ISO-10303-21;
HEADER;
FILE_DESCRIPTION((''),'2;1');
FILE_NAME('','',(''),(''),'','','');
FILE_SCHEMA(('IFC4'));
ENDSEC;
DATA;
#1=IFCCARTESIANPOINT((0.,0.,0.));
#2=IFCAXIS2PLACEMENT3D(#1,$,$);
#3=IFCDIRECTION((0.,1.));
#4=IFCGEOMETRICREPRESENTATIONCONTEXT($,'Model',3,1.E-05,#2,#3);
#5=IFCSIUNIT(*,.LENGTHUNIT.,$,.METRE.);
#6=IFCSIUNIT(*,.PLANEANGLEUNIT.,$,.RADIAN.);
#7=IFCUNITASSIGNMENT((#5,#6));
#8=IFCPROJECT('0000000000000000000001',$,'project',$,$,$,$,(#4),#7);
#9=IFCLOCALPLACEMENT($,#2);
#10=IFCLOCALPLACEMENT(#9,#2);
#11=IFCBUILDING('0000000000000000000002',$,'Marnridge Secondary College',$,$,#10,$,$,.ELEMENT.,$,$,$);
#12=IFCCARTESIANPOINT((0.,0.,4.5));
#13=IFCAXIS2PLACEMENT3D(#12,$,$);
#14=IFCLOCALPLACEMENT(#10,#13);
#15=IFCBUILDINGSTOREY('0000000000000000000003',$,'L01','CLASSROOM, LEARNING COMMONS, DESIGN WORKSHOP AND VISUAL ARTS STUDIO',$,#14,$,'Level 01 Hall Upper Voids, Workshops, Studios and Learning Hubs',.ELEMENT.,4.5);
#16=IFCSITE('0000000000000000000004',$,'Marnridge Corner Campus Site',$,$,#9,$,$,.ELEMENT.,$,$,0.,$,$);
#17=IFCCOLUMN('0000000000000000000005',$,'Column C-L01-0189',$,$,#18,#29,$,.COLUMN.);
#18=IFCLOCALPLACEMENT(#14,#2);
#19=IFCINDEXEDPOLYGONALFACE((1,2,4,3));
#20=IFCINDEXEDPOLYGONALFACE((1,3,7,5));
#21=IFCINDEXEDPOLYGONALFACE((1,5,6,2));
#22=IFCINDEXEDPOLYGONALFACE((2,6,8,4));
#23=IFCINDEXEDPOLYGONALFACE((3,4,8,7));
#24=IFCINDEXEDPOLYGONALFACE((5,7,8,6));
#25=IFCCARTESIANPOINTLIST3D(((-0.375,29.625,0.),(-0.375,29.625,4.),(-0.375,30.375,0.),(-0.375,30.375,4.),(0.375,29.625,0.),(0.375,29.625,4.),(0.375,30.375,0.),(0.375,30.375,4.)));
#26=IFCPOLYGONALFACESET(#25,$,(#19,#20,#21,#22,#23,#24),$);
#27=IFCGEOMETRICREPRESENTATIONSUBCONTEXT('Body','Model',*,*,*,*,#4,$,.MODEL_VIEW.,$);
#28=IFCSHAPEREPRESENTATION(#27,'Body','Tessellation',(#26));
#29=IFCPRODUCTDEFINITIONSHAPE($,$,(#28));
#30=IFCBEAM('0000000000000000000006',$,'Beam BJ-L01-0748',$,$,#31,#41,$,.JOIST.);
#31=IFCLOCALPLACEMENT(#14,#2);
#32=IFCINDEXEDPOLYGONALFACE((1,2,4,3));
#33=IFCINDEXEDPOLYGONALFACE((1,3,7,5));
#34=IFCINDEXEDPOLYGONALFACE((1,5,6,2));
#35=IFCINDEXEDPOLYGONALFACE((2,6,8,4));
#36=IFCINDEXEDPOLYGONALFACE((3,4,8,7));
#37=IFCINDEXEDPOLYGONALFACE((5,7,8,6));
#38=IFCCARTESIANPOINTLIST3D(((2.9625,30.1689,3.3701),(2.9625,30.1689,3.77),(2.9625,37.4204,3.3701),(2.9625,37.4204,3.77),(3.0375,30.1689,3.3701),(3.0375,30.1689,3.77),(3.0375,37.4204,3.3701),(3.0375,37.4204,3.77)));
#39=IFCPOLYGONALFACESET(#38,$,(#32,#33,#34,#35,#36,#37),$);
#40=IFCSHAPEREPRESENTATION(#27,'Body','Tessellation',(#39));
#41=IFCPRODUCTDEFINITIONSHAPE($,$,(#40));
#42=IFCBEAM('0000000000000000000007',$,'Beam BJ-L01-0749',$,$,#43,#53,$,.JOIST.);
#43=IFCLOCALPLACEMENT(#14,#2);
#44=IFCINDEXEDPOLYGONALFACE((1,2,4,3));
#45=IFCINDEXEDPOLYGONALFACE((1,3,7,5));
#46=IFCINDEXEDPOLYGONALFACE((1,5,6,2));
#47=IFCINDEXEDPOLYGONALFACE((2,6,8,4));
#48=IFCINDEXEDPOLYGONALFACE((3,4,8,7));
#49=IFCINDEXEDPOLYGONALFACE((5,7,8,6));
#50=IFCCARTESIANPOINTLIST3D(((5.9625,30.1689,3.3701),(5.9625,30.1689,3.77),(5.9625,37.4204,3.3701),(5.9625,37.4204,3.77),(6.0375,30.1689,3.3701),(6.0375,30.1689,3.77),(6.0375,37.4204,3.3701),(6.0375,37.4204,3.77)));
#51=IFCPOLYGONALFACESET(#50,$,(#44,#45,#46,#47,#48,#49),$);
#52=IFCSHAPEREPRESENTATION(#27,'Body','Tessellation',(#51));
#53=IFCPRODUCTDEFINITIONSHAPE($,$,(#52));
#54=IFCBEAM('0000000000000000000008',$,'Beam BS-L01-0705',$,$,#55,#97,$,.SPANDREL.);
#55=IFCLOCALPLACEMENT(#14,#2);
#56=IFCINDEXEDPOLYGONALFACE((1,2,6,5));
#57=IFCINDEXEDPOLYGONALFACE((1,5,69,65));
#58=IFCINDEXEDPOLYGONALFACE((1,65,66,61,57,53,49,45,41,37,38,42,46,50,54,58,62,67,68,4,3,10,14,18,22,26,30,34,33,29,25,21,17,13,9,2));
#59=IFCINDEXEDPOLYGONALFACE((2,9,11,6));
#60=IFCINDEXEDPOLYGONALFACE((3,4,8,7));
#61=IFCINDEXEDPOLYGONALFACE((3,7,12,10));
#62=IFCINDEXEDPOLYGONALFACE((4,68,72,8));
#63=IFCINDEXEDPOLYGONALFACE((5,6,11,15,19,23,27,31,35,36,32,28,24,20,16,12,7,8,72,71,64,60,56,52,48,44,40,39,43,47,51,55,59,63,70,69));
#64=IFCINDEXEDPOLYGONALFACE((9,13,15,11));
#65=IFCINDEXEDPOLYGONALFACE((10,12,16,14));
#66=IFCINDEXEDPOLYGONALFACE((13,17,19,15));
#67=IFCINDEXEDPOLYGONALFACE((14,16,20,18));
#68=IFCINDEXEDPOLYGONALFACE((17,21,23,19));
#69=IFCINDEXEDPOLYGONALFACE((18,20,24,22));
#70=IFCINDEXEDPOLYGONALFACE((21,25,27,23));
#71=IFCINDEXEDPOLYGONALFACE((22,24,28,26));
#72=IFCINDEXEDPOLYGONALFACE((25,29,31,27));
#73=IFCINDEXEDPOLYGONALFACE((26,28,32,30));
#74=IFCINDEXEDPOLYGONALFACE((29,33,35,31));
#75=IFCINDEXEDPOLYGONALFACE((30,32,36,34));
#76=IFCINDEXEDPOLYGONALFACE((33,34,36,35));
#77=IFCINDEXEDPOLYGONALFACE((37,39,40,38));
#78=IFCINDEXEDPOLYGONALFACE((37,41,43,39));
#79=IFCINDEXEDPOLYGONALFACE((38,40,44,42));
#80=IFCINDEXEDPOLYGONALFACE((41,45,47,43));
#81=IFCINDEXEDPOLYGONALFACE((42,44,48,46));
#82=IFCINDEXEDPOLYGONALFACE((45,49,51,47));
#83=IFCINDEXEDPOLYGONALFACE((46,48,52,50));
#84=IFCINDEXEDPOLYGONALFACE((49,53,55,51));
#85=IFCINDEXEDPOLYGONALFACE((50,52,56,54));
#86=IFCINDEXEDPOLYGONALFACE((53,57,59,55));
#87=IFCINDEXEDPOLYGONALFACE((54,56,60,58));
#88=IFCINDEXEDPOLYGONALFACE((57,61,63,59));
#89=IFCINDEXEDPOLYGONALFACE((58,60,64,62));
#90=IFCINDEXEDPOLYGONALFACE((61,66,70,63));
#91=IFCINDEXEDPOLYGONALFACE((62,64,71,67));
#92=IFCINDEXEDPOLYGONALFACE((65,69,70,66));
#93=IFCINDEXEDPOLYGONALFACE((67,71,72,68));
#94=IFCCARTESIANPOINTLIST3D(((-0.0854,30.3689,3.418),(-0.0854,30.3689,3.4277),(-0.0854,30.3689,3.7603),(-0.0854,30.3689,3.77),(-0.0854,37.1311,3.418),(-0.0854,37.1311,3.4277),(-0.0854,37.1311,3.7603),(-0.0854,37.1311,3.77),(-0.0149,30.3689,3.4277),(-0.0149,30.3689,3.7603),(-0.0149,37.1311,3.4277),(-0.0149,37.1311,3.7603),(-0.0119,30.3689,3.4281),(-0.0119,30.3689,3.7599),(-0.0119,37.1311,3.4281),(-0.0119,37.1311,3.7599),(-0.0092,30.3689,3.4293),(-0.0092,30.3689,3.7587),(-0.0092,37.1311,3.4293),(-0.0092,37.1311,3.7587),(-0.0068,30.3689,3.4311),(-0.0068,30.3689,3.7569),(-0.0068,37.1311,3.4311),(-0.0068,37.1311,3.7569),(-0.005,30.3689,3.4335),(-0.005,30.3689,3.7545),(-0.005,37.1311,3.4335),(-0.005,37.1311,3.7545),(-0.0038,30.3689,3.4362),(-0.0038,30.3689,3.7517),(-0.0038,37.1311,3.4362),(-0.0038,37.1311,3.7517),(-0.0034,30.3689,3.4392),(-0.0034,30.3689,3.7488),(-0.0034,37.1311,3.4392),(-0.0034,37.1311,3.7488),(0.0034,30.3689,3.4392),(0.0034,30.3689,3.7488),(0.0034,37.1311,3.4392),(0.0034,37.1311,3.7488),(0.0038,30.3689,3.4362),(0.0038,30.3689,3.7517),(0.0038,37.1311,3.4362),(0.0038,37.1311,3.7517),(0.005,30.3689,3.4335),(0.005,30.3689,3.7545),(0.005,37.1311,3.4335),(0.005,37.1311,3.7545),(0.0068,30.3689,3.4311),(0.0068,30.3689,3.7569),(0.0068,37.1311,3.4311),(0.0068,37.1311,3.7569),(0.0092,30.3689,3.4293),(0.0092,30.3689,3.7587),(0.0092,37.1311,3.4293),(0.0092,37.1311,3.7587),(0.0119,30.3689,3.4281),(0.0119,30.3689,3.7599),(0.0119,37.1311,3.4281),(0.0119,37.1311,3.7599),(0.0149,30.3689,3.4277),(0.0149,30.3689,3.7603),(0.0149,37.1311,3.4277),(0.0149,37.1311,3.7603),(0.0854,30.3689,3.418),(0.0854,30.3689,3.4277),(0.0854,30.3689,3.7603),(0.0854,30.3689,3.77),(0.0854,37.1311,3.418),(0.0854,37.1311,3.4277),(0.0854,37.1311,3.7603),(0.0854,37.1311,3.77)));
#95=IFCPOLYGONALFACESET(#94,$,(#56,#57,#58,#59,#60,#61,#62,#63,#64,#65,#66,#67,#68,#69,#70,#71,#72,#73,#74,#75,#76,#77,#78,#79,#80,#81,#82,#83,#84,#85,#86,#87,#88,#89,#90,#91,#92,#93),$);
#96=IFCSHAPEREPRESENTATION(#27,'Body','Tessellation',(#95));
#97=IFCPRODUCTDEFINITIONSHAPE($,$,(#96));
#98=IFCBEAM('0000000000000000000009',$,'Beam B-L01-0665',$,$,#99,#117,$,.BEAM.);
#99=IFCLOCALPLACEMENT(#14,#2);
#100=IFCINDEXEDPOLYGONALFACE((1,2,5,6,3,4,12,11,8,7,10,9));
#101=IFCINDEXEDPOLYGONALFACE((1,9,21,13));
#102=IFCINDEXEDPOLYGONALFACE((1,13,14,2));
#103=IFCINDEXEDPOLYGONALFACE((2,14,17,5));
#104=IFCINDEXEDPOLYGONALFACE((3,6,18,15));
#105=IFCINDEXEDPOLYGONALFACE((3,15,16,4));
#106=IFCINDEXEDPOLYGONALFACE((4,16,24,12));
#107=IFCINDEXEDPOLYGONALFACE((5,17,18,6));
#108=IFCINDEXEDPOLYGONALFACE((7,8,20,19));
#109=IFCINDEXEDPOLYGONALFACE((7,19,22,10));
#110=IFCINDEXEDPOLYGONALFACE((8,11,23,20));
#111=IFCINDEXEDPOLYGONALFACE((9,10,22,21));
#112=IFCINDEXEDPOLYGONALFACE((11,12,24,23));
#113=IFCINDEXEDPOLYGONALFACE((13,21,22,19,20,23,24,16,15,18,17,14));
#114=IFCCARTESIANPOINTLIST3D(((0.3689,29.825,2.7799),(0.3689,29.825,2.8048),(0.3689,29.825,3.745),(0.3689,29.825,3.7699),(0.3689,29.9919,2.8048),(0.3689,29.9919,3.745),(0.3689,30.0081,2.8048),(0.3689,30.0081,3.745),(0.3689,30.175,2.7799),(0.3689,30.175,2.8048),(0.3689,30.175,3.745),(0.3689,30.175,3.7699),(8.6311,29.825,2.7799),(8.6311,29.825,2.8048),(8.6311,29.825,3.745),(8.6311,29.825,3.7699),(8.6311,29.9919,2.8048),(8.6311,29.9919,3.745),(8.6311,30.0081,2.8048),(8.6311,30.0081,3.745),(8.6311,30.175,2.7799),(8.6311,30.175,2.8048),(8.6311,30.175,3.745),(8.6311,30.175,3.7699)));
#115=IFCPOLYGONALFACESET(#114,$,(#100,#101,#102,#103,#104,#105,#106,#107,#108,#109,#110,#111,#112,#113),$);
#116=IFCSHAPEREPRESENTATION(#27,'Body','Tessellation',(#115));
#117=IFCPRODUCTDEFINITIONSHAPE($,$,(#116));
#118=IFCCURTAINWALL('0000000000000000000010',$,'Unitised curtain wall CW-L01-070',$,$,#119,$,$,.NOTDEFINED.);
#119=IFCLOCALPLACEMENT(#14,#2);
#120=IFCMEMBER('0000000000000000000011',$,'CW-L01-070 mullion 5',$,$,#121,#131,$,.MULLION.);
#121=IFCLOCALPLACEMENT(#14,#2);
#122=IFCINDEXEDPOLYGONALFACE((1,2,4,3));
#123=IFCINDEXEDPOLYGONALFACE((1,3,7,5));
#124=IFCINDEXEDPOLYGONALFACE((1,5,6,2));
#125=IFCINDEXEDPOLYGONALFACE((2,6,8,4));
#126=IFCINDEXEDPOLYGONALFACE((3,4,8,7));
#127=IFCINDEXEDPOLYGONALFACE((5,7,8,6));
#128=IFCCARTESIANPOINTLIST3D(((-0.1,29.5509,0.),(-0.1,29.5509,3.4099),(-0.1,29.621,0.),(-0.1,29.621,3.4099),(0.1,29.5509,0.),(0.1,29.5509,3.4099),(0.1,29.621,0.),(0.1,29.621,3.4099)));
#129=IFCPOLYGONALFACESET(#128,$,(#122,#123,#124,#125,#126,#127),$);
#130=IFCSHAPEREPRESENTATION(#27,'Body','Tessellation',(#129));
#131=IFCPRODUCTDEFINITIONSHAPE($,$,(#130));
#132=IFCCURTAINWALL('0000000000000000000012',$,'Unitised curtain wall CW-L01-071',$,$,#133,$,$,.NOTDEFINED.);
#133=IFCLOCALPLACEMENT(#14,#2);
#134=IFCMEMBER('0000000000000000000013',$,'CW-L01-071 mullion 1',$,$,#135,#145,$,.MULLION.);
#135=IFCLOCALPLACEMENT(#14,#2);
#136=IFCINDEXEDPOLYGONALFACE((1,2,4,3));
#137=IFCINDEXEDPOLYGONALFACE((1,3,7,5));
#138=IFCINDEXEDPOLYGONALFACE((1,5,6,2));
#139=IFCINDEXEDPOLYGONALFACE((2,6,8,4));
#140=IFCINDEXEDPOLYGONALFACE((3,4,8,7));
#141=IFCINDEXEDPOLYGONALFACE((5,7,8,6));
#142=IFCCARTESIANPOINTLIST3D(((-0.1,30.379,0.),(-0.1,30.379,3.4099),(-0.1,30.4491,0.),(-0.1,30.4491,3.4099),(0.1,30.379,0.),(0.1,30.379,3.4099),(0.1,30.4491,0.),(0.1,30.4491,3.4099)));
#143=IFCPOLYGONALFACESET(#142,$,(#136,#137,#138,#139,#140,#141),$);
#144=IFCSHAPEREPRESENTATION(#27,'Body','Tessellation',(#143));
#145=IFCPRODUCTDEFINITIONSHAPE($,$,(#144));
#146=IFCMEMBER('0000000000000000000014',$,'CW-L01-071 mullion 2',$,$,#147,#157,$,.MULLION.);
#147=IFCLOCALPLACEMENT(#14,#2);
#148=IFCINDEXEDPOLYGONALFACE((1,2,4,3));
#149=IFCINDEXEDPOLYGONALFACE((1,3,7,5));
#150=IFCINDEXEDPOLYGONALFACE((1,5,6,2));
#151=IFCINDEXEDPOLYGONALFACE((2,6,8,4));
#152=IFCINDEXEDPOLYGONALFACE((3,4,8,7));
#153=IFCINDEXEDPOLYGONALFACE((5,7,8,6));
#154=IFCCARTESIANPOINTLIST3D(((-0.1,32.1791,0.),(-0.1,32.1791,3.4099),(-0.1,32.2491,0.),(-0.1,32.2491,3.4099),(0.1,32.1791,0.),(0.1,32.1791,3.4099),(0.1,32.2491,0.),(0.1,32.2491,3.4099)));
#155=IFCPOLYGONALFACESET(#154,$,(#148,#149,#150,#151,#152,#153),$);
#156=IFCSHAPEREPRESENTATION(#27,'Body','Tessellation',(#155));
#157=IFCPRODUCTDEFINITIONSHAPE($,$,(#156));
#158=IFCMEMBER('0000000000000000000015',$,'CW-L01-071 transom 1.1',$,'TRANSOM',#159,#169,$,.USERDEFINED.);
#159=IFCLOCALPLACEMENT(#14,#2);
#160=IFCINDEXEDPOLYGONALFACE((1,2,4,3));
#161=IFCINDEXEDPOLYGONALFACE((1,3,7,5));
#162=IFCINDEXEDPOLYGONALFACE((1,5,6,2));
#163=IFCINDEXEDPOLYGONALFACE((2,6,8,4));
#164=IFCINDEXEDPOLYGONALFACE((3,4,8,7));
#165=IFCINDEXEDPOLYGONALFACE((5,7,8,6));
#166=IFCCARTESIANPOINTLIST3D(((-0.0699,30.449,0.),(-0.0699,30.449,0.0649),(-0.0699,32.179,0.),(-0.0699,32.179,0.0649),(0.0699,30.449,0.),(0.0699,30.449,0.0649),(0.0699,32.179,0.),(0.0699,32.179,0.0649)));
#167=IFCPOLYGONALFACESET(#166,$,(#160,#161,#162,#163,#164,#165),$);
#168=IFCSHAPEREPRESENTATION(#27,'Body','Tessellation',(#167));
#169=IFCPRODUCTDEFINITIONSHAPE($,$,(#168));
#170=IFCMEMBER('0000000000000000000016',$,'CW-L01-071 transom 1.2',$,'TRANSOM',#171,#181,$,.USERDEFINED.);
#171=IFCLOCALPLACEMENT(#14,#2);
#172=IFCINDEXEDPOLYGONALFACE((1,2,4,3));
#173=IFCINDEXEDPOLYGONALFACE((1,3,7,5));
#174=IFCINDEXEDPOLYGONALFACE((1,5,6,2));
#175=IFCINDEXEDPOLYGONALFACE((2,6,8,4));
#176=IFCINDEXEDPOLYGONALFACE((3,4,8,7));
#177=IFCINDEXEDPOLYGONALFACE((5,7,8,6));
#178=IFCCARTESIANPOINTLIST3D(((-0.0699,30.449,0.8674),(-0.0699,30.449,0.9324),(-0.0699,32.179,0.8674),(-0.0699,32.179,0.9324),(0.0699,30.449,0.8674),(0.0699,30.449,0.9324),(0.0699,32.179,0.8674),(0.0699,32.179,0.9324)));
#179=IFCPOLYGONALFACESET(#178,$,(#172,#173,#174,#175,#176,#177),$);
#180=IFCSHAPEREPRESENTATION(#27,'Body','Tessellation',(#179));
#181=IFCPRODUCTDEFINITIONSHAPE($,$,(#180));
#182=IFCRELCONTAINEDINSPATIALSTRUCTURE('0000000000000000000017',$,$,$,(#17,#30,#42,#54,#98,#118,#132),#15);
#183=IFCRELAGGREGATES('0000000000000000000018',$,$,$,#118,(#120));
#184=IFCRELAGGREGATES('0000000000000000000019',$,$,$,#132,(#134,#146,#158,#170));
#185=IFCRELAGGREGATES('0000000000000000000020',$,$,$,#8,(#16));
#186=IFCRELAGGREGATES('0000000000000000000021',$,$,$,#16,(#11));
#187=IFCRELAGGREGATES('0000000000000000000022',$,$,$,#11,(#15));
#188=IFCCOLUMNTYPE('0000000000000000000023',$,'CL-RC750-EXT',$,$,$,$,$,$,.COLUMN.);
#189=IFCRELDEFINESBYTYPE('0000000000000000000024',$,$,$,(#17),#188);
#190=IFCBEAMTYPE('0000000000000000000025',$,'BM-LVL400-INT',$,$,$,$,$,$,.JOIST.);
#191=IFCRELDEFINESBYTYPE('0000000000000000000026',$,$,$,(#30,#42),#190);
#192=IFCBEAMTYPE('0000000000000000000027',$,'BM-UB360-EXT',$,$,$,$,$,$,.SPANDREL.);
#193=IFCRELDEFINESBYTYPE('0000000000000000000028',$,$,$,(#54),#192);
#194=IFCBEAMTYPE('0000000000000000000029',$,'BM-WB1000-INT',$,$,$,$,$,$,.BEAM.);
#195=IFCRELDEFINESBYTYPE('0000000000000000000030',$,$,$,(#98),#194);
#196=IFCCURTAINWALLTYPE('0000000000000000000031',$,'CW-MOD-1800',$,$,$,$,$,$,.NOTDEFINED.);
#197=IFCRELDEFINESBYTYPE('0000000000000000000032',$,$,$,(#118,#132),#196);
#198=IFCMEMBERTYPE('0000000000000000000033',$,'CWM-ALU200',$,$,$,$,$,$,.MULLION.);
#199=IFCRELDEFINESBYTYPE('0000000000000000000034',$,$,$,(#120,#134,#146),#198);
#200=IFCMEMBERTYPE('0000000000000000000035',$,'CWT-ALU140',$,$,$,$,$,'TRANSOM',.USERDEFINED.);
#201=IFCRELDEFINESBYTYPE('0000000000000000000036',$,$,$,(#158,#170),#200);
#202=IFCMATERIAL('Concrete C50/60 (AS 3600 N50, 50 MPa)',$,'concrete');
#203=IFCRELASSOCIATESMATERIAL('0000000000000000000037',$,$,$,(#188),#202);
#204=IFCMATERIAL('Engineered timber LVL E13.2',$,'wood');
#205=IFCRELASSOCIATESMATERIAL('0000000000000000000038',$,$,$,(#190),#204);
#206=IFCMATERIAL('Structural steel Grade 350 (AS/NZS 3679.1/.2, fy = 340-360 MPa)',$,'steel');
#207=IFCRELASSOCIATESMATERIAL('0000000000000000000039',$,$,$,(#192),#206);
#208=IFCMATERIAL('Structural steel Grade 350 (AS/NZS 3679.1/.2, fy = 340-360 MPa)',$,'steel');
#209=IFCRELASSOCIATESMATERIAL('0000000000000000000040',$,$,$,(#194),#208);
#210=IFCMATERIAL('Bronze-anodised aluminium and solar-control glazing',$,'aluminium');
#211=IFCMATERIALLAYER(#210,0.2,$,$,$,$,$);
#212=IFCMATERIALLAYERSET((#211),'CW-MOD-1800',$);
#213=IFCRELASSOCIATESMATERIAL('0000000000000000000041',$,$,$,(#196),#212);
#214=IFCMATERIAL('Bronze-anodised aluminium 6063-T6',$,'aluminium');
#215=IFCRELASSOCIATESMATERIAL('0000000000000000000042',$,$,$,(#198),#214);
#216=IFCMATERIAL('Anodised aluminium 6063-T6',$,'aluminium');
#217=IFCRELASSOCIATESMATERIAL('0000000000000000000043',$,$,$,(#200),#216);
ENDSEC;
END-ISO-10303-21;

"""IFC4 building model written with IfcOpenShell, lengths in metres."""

from ifc_helpers import new_model, si_unit, direction, frame, origin, origin_2d, place, context, subcontext, project, spatial, rectangle, i_section, extrude, material, layer, layer_set, material_profile, profile_set, type_object, element, aggregate, save


model = new_model("IFC4")

# Units and contexts
model_context = context("Model", 3, precision=1e-05, world=origin(), true_north=direction((0.0, 1.0)))
body_context = subcontext(model_context, "Body", "Model", "MODEL_VIEW")
ifc_project = project(units=[si_unit("LENGTHUNIT", "METRE"), si_unit("PLANEANGLEUNIT", "RADIAN")], contexts=[model_context])

# Site, building, storey
site_placement = place(None, origin())
site = spatial("IfcSite", under=ifc_project, at=site_placement, Name="Marnridge Corner Campus Site", CompositionType="ELEMENT", RefElevation=0.0)
building_placement = place(site_placement, origin())
building = spatial("IfcBuilding", under=site, at=building_placement, Name="Marnridge Secondary College", CompositionType="ELEMENT")
storey_placement = place(building_placement, frame((0.0, 0.0, 4.5)))
storey = spatial("IfcBuildingStorey", under=building, at=storey_placement, Name="L01", Description="CLASSROOM, LEARNING COMMONS, DESIGN WORKSHOP AND VISUAL ARTS STUDIO", LongName="Level 01 Hall Upper Voids, Workshops, Studios and Learning Hubs", CompositionType="ELEMENT", Elevation=4.5)

# Column
ifc_material_1 = material(Name="Concrete C50/60 (AS 3600 N50, 50 MPa)", Category="concrete")
ifc_material_profile_1 = material_profile(ifc_material_1, rectangle(XDim=0.75, YDim=0.75, at=origin_2d()), Name="RC 750x750")
ifc_profile_set_1 = profile_set([ifc_material_profile_1], Name="Concrete C50/60 (AS 3600 N50, 50 MPa)")
column_type = type_object("IfcColumnType", Name="CL-RC750-EXT", PredefinedType="COLUMN", material=ifc_profile_set_1)
column_placement = place(storey_placement, frame((0.0, 30.0, 0.0), z_axis=(0.0, 0.0, 1.0), x_axis=(1.0, 0.0, 0.0)))
element("IfcColumn", 1, at=column_placement, inside=storey, type_object=column_type, Name="Column C-L01-0189", PredefinedType="COLUMN", context=body_context, shape_type="SweptSolid", body=[
    extrude(rectangle(XDim=0.75, YDim=0.75, at=origin_2d()), origin(), (0.0, 0.0, 1.0), 4.0),
])

# Beams
ifc_material_2 = material(Name="Engineered timber LVL E13.2", Category="wood")
ifc_material_profile_2 = material_profile(ifc_material_2, rectangle(XDim=0.075, YDim=0.3999, at=origin_2d()), Name="LVL 75x400")
ifc_profile_set_2 = profile_set([ifc_material_profile_2], Name="Engineered timber LVL E13.2")
beam_type_1 = type_object("IfcBeamType", Name="BM-LVL400-INT", PredefinedType="JOIST", material=ifc_profile_set_2)
for number, where, z_axis, x_axis, name in (
    (2, (3.0, 30.1689, 3.5701), (0.0, 1.0, 0.0), (-1.0, 0.0, 0.0), "Beam BJ-L01-0748"),
    (3, (6.0, 30.1689, 3.5701), (0.0, 1.0, 0.0), (-1.0, 0.0, 0.0), "Beam BJ-L01-0749"),
):
    element("IfcBeam", number, at=place(storey_placement, frame(where, z_axis=z_axis, x_axis=x_axis)), inside=storey, type_object=beam_type_1, Name=name, PredefinedType="JOIST", context=body_context, shape_type="SweptSolid", body=[
        extrude(rectangle(XDim=0.075, YDim=0.3999, at=origin_2d()), origin(), (0.0, 0.0, 1.0), 7.2515),
    ])
ifc_material_3 = material(Name="Structural steel Grade 350 (AS/NZS 3679.1/.2, fy = 340-360 MPa)", Category="steel")
ifc_material_profile_3 = material_profile(ifc_material_3, i_section(OverallWidth=0.1709, OverallDepth=0.3521, WebThickness=0.0068, FlangeThickness=0.0098, FilletRadius=0.0115, at=origin_2d()), Name="360UB44.7")
ifc_profile_set_3 = profile_set([ifc_material_profile_3], Name="Structural steel Grade 350 (AS/NZS 3679.1/.2, fy = 340-360 MPa)")
beam_type_2 = type_object("IfcBeamType", Name="BM-UB360-EXT", PredefinedType="SPANDREL", material=ifc_profile_set_3)
beam_1_placement = place(storey_placement, frame((0.0, 30.3689, 3.594), z_axis=(0.0, 1.0, 0.0), x_axis=(-1.0, 0.0, 0.0)))
element("IfcBeam", 4, at=beam_1_placement, inside=storey, type_object=beam_type_2, Name="Beam BS-L01-0705", PredefinedType="SPANDREL", context=body_context, shape_type="SweptSolid", body=[
    extrude(i_section(OverallWidth=0.1709, OverallDepth=0.3521, WebThickness=0.0068, FlangeThickness=0.0098, FilletRadius=0.0115, at=origin_2d()), origin(), (0.0, 0.0, 1.0), 6.7622),
])
ifc_material_4 = material(Name="Structural steel Grade 350 (AS/NZS 3679.1/.2, fy = 340-360 MPa)", Category="steel")
ifc_material_profile_4 = material_profile(ifc_material_4, i_section(OverallWidth=0.3501, OverallDepth=0.99, WebThickness=0.0161, FlangeThickness=0.0249, at=origin_2d()), Name="1000WB258")
ifc_profile_set_4 = profile_set([ifc_material_profile_4], Name="Structural steel Grade 350 (AS/NZS 3679.1/.2, fy = 340-360 MPa)")
beam_type_3 = type_object("IfcBeamType", Name="BM-WB1000-INT", PredefinedType="BEAM", material=ifc_profile_set_4)
beam_2_placement = place(storey_placement, frame((0.3689, 30.0, 3.2749), z_axis=(1.0, 0.0, 0.0), x_axis=(0.0, 1.0, 0.0)))
element("IfcBeam", 5, at=beam_2_placement, inside=storey, type_object=beam_type_3, Name="Beam B-L01-0665", PredefinedType="BEAM", context=body_context, shape_type="SweptSolid", body=[
    extrude(i_section(OverallWidth=0.3501, OverallDepth=0.99, WebThickness=0.0161, FlangeThickness=0.0249, at=origin_2d()), origin(), (0.0, 0.0, 1.0), 8.2622),
])

# Curtain wall, member
ifc_material_5 = material(Name="Bronze-anodised aluminium and solar-control glazing", Category="aluminium")
ifc_layer_1 = layer(ifc_material_5, 0.2)
ifc_layer_set_1 = layer_set([ifc_layer_1], Name="CW-MOD-1800")
curtain_wall_type = type_object("IfcCurtainWallType", Name="CW-MOD-1800", PredefinedType="NOTDEFINED", material=ifc_layer_set_1)
curtain_wall_1_placement = place(storey_placement, origin())
curtain_wall_1 = element("IfcCurtainWall", 6, at=curtain_wall_1_placement, inside=storey, type_object=curtain_wall_type, Name="Unitised curtain wall CW-L01-070", PredefinedType="NOTDEFINED")
ifc_material_6 = material(Name="Bronze-anodised aluminium 6063-T6", Category="aluminium")
ifc_material_profile_5 = material_profile(ifc_material_6, rectangle(XDim=0.0701, YDim=0.2, at=origin_2d()), Name="ALU 70x200")
ifc_profile_set_5 = profile_set([ifc_material_profile_5], Name="Bronze-anodised aluminium 6063-T6")
member_type_1 = type_object("IfcMemberType", Name="CWM-ALU200", PredefinedType="MULLION", material=ifc_profile_set_5)
member_1_placement = place(storey_placement, frame((0.0, 29.5859, 0.0), z_axis=(0.0, 0.0, 1.0), x_axis=(0.0, 1.0, 0.0)))
member_1 = element("IfcMember", 7, at=member_1_placement, type_object=member_type_1, Name="CW-L01-070 mullion 5", PredefinedType="MULLION", context=body_context, shape_type="SweptSolid", body=[
    extrude(rectangle(XDim=0.0701, YDim=0.2, at=origin_2d()), origin(), (0.0, 0.0, 1.0), 3.4099),
])

# Curtain wall, members
curtain_wall_2_placement = place(storey_placement, origin())
curtain_wall_2 = element("IfcCurtainWall", 8, at=curtain_wall_2_placement, inside=storey, type_object=curtain_wall_type, Name="Unitised curtain wall CW-L01-071", PredefinedType="NOTDEFINED")
member_2_placement = place(storey_placement, frame((0.0, 30.4141, 0.0), z_axis=(0.0, 0.0, 1.0), x_axis=(0.0, 1.0, 0.0)))
member_2 = element("IfcMember", 9, at=member_2_placement, type_object=member_type_1, Name="CW-L01-071 mullion 1", PredefinedType="MULLION", context=body_context, shape_type="SweptSolid", body=[
    extrude(rectangle(XDim=0.0701, YDim=0.2, at=origin_2d()), origin(), (0.0, 0.0, 1.0), 3.4099),
])
member_3_placement = place(storey_placement, frame((0.0, 32.2141, 0.0), z_axis=(0.0, 0.0, 1.0), x_axis=(0.0, 1.0, 0.0)))
member_3 = element("IfcMember", 10, at=member_3_placement, type_object=member_type_1, Name="CW-L01-071 mullion 2", PredefinedType="MULLION", context=body_context, shape_type="SweptSolid", body=[
    extrude(rectangle(XDim=0.0701, YDim=0.2, at=origin_2d()), origin(), (0.0, 0.0, 1.0), 3.4099),
])
ifc_material_7 = material(Name="Anodised aluminium 6063-T6", Category="aluminium")
ifc_material_profile_6 = material_profile(ifc_material_7, rectangle(XDim=0.0649, YDim=0.1399, at=origin_2d()), Name="ALU 65x140")
ifc_profile_set_6 = profile_set([ifc_material_profile_6], Name="Anodised aluminium 6063-T6")
member_type_2 = type_object("IfcMemberType", Name="CWT-ALU140", ElementType="TRANSOM", PredefinedType="USERDEFINED", material=ifc_profile_set_6)
member_4_placement = place(storey_placement, frame((0.0, 30.449, 0.0325), z_axis=(0.0, 1.0, 0.0), x_axis=(0.0, 0.0, 1.0)))
member_4 = element("IfcMember", 11, at=member_4_placement, type_object=member_type_2, Name="CW-L01-071 transom 1.1", ObjectType="TRANSOM", PredefinedType="USERDEFINED", context=body_context, shape_type="SweptSolid", body=[
    extrude(rectangle(XDim=0.0649, YDim=0.1399, at=origin_2d()), origin(), (0.0, 0.0, 1.0), 1.73),
])
member_5_placement = place(storey_placement, frame((0.0, 30.449, 0.8999), z_axis=(0.0, 1.0, 0.0), x_axis=(0.0, 0.0, 1.0)))
member_5 = element("IfcMember", 12, at=member_5_placement, type_object=member_type_2, Name="CW-L01-071 transom 1.2", ObjectType="TRANSOM", PredefinedType="USERDEFINED", context=body_context, shape_type="SweptSolid", body=[
    extrude(rectangle(XDim=0.0649, YDim=0.1399, at=origin_2d()), origin(), (0.0, 0.0, 1.0), 1.73),
])

aggregate(curtain_wall_1, [member_1])
aggregate(curtain_wall_2, [member_2, member_3, member_4, member_5])

save(model, "model.ifc")
